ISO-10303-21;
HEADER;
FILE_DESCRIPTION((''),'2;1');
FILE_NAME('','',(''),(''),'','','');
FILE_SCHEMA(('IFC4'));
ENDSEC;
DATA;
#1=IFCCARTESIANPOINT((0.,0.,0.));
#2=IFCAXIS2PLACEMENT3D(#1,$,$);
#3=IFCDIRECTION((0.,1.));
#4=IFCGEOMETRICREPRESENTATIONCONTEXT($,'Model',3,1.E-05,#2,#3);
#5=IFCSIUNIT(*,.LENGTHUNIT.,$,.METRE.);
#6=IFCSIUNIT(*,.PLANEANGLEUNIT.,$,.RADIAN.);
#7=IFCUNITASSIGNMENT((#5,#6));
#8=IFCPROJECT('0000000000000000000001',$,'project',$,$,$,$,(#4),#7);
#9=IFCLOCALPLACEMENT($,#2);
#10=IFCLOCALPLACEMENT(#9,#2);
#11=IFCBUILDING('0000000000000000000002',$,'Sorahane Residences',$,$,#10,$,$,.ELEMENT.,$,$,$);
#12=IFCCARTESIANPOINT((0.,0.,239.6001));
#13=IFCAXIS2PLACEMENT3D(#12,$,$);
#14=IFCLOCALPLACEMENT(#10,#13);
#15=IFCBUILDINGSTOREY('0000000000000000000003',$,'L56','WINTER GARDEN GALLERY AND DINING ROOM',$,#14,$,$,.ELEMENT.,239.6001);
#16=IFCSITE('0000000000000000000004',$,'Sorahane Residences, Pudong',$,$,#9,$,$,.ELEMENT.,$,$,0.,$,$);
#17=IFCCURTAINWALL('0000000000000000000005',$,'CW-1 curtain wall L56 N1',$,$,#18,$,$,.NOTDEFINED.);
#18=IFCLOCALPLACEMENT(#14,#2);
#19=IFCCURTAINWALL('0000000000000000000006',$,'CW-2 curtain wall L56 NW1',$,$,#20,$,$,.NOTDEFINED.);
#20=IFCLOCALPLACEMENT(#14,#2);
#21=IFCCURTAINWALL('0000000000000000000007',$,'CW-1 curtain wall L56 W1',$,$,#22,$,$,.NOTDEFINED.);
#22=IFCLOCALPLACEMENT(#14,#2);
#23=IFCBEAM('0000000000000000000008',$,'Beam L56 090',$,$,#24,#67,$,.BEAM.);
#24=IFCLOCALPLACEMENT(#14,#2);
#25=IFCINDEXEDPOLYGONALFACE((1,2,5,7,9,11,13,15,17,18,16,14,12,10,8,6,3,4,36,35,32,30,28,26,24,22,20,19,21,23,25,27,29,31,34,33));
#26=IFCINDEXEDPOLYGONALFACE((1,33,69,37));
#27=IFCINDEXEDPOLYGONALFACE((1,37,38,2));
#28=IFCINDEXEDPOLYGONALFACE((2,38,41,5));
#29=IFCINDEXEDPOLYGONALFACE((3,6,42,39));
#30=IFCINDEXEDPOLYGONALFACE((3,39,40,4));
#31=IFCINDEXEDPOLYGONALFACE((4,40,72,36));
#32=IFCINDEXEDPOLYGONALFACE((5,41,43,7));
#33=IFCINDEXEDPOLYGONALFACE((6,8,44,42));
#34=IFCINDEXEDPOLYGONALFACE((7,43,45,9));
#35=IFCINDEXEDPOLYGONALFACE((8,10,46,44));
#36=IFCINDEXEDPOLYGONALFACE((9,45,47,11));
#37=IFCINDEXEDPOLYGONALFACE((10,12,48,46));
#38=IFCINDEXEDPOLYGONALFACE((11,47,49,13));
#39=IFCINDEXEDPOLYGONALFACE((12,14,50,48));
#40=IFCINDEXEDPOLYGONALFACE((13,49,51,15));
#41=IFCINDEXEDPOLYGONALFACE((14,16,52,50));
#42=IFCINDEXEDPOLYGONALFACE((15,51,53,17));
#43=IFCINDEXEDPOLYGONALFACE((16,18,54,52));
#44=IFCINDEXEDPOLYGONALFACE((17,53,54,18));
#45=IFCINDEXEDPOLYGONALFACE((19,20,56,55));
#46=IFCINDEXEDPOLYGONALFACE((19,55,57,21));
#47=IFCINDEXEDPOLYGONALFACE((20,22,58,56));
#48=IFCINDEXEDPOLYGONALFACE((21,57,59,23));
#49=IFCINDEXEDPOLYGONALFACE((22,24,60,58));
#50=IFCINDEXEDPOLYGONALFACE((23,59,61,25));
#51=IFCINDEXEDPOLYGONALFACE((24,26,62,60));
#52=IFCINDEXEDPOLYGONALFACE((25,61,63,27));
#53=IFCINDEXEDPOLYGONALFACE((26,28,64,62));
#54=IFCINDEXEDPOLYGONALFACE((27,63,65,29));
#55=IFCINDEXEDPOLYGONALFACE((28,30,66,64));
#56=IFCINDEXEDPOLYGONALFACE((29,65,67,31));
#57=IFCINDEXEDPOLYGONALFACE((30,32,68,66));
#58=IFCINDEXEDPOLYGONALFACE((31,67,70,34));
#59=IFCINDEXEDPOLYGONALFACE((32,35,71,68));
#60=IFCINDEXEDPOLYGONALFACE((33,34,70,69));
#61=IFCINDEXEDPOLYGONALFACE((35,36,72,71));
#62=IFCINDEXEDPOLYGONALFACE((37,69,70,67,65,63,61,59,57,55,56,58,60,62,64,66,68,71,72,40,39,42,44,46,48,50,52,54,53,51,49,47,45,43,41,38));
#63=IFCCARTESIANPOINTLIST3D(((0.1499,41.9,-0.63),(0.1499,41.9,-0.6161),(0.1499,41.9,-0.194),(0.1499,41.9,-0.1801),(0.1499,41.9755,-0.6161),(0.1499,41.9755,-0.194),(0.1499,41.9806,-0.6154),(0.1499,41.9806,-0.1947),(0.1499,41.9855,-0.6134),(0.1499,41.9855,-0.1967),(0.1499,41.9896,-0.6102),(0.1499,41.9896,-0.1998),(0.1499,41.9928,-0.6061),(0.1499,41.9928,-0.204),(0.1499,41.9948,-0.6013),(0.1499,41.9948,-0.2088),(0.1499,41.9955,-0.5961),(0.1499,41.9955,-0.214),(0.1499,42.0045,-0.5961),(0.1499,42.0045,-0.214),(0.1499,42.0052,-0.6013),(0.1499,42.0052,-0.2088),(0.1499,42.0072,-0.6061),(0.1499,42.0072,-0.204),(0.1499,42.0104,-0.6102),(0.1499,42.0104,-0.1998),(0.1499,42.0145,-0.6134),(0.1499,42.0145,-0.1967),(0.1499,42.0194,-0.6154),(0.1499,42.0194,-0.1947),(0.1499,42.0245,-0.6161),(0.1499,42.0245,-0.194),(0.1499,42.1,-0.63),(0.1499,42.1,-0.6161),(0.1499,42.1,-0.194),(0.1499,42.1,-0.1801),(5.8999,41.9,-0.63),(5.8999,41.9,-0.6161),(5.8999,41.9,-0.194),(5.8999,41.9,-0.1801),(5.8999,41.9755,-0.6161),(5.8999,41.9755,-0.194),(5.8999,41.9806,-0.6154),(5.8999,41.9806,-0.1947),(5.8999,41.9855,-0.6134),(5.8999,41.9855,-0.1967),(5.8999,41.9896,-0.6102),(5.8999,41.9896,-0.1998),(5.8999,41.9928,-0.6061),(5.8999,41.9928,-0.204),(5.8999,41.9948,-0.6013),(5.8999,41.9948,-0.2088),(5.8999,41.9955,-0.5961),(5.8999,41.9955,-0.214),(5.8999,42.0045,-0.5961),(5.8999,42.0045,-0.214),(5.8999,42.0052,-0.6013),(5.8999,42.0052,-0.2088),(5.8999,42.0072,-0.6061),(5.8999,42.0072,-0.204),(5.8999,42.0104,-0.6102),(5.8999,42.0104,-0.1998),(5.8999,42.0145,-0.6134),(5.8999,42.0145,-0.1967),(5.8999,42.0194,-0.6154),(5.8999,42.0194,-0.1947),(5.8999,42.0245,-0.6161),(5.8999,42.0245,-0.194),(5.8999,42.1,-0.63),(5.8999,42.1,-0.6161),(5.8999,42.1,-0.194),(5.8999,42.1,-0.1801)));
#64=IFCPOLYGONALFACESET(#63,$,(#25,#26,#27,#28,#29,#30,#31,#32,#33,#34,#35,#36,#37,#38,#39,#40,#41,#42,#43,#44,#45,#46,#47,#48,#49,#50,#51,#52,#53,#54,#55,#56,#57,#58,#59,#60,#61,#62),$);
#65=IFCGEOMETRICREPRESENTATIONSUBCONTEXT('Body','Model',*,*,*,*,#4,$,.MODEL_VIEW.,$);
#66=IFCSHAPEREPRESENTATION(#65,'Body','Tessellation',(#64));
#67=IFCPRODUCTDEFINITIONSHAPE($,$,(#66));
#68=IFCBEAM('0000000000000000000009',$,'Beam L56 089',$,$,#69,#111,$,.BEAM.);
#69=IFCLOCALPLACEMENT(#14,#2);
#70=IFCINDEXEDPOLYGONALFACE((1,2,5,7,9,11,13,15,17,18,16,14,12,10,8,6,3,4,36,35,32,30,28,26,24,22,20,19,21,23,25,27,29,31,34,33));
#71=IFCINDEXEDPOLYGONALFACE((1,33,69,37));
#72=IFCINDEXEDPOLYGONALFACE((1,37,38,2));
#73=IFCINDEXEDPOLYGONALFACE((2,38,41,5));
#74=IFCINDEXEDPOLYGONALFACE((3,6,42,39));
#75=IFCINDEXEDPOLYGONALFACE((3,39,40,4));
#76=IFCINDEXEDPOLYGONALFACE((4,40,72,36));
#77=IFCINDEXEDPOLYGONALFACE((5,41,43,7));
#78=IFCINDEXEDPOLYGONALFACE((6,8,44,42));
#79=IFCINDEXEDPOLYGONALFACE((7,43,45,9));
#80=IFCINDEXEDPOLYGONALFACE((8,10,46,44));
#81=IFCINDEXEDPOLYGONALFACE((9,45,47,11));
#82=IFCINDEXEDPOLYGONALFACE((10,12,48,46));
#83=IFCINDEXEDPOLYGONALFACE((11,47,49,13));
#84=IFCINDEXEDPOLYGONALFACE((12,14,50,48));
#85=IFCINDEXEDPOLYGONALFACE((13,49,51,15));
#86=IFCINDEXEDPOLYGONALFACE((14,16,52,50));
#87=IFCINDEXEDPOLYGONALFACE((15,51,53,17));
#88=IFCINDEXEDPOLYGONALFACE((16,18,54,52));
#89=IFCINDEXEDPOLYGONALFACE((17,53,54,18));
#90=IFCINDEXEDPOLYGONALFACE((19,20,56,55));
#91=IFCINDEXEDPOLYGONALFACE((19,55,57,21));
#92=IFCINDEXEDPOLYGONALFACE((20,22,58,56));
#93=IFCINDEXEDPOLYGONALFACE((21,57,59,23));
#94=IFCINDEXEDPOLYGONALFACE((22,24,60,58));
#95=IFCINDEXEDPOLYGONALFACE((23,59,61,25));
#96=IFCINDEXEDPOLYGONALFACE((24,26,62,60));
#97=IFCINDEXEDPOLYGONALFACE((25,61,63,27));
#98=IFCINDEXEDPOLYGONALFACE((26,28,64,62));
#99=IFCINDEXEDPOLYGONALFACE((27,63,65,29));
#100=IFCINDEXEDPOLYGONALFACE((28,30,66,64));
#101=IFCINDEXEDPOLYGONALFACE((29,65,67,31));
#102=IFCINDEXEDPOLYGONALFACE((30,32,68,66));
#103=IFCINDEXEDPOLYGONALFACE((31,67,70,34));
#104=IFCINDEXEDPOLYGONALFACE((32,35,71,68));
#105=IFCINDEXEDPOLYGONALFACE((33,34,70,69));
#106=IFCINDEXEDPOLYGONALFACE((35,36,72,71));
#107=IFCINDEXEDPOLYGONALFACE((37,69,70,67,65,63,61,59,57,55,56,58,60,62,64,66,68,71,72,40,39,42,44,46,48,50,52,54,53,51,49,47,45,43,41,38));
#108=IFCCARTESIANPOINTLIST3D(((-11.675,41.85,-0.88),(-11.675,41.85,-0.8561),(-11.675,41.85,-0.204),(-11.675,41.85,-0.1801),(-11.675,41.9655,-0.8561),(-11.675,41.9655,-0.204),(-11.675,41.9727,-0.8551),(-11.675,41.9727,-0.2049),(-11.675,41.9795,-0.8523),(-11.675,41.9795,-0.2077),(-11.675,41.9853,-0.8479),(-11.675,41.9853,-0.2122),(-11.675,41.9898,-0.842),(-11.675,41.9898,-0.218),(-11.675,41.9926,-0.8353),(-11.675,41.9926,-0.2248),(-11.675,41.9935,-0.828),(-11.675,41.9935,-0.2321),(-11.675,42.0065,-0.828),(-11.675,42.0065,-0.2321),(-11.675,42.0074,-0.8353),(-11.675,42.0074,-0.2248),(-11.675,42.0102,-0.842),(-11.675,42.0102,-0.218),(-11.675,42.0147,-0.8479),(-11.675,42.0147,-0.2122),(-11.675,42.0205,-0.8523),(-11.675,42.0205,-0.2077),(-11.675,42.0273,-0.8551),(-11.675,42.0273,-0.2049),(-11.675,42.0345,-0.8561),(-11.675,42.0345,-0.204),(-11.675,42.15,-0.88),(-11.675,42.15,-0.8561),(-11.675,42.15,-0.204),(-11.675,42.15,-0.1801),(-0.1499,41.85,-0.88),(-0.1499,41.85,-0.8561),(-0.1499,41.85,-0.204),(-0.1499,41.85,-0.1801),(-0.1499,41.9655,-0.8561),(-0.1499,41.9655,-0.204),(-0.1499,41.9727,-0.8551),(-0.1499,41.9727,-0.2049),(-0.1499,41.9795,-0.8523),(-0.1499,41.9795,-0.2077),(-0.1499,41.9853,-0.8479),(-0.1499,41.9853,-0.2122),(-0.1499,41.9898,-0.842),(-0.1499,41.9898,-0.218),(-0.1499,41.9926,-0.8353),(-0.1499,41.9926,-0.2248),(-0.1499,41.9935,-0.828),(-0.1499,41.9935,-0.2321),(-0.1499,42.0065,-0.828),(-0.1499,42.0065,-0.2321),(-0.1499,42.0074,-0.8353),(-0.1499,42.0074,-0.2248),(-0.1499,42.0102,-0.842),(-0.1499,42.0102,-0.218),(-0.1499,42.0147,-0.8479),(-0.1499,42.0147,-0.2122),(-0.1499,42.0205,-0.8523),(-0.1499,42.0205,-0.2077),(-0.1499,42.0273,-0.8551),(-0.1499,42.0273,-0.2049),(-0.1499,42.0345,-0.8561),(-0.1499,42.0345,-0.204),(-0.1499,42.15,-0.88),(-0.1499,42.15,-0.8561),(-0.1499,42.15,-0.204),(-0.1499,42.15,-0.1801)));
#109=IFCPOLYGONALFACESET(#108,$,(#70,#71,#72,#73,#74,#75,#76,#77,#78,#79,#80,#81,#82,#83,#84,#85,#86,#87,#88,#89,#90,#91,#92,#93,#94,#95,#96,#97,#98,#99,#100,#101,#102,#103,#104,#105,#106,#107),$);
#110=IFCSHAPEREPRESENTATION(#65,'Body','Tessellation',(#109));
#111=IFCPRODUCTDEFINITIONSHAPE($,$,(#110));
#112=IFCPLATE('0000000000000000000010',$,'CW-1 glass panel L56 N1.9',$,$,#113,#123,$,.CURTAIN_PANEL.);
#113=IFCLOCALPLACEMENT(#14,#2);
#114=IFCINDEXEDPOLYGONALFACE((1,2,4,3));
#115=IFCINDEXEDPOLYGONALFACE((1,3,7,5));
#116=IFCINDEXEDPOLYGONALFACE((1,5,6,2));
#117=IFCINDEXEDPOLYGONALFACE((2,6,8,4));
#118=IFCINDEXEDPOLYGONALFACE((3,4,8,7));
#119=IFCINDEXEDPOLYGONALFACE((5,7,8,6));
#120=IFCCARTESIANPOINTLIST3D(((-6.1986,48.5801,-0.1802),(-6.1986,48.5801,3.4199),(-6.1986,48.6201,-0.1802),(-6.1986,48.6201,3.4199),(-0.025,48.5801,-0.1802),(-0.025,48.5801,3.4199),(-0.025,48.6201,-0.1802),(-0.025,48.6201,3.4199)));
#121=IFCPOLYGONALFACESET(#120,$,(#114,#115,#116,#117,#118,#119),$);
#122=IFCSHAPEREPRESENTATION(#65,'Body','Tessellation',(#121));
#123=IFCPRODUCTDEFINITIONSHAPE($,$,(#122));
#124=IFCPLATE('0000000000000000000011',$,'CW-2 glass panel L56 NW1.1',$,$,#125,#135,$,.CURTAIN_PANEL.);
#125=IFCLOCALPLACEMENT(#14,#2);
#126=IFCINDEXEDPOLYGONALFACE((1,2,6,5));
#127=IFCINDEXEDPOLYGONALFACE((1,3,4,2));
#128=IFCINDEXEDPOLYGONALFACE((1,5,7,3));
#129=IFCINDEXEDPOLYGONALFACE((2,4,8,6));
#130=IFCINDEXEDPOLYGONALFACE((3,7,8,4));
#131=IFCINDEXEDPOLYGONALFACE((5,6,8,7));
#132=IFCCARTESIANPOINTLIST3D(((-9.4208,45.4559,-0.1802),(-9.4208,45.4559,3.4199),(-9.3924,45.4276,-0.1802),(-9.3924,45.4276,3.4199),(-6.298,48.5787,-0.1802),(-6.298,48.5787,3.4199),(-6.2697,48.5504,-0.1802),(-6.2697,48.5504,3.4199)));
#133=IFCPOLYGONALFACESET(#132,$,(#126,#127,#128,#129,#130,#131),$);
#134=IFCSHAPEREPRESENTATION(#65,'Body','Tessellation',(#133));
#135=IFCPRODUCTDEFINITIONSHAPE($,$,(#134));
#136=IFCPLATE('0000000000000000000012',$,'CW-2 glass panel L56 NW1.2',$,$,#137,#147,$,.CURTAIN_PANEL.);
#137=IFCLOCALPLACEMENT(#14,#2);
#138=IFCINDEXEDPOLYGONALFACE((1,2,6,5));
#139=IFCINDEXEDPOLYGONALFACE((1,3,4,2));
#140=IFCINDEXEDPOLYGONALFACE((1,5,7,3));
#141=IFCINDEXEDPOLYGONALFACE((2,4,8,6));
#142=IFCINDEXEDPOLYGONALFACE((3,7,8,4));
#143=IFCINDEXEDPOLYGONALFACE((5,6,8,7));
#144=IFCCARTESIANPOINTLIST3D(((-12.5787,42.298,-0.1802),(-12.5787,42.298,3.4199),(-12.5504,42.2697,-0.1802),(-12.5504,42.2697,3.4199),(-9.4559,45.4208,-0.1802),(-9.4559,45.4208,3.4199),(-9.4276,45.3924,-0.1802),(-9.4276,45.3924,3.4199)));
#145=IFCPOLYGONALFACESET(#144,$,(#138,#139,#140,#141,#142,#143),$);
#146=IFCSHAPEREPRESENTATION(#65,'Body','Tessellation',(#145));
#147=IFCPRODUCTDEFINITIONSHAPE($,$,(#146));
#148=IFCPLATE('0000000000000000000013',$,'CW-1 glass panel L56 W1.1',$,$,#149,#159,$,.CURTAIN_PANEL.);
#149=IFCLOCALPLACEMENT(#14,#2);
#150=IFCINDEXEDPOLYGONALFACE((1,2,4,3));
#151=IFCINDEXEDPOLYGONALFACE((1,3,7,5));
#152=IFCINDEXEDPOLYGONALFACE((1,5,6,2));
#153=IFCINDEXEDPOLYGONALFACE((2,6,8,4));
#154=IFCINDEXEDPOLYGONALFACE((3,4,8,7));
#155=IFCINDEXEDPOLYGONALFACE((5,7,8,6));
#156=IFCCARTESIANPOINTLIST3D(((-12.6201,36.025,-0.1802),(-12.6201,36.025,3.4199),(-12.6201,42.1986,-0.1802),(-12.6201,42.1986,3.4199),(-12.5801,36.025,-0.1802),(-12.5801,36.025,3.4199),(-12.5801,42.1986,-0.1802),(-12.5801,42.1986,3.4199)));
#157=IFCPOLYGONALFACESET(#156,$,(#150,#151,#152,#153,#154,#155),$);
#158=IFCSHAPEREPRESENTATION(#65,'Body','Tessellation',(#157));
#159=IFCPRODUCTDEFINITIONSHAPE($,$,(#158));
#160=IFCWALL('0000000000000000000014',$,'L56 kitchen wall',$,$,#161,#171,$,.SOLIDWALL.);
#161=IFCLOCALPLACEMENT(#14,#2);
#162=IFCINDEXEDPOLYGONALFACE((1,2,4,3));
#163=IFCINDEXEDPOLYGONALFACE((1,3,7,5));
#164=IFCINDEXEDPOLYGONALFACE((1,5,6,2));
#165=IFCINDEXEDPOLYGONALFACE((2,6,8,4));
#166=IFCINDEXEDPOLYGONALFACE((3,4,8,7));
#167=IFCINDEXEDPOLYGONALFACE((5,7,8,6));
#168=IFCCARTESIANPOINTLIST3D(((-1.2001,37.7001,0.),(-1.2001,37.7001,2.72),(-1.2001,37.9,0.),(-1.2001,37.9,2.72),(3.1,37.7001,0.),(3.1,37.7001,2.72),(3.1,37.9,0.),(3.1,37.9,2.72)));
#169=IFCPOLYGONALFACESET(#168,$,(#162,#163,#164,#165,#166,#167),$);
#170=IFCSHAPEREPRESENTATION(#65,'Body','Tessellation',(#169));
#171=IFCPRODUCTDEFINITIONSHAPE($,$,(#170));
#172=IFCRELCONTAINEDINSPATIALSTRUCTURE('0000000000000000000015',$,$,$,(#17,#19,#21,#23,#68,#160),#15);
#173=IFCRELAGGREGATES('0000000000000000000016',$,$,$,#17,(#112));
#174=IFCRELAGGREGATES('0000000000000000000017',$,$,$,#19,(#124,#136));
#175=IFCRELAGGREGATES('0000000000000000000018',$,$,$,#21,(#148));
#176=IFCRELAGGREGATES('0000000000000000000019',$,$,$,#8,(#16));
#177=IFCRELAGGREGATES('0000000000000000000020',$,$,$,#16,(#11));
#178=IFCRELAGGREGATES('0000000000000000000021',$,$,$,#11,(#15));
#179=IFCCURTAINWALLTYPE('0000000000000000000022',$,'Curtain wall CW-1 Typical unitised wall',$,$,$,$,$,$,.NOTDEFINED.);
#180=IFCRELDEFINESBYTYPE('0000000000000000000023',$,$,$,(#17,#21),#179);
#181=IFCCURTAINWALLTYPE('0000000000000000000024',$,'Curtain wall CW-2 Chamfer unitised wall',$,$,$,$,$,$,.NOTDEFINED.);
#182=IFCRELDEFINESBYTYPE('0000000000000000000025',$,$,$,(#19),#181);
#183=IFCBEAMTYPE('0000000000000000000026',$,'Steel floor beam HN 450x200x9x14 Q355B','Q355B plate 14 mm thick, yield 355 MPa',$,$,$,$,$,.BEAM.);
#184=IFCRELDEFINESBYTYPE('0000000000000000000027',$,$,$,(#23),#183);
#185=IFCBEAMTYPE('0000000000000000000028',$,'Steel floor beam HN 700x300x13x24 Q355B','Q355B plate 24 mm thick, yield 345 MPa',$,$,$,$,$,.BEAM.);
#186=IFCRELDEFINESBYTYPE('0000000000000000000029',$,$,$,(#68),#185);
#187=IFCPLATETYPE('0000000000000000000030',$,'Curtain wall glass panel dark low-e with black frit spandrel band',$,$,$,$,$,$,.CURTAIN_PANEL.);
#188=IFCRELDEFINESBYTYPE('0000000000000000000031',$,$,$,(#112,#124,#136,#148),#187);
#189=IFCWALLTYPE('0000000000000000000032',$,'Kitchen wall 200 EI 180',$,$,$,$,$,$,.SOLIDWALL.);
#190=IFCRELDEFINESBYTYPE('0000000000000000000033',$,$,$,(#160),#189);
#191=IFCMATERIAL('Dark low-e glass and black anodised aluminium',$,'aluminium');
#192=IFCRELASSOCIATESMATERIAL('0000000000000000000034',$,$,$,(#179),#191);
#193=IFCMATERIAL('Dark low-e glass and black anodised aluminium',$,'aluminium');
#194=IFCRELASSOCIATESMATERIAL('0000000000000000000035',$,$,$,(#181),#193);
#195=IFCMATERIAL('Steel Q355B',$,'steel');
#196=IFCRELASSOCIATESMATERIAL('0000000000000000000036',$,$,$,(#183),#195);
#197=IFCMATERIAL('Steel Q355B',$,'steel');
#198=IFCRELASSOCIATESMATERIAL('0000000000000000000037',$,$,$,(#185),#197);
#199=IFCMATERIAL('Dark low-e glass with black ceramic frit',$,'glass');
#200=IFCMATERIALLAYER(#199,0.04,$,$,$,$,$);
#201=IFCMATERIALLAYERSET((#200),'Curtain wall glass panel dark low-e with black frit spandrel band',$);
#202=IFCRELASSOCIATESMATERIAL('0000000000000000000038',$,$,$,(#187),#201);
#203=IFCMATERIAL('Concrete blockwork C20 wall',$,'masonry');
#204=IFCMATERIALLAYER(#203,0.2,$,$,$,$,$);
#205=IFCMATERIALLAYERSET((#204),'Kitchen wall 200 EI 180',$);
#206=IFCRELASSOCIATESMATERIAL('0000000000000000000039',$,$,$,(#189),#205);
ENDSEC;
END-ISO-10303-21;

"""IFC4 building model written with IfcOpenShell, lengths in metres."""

from ifc_helpers import new_model, si_unit, direction, frame, frame_2d, origin, origin_2d, place, context, subcontext, project, spatial, rectangle, i_section, extrude, material, layer, layer_set, material_profile, profile_set, type_object, element, aggregate, save


model = new_model("IFC4")

# Units and contexts
model_context = context("Model", 3, precision=1e-05, world=origin(), true_north=direction((0.0, 1.0)))
body_context = subcontext(model_context, "Body", "Model", "MODEL_VIEW")
ifc_project = project(units=[si_unit("LENGTHUNIT", "METRE"), si_unit("PLANEANGLEUNIT", "RADIAN")], contexts=[model_context])

# Site, building, storey
site_placement = place(None, origin())
site = spatial("IfcSite", under=ifc_project, at=site_placement, Name="Sorahane Residences, Pudong", CompositionType="ELEMENT", RefElevation=0.0)
building_placement = place(site_placement, origin())
building = spatial("IfcBuilding", under=site, at=building_placement, Name="Sorahane Residences", CompositionType="ELEMENT")
storey_placement = place(building_placement, frame((0.0, 0.0, 239.6001)))
storey = spatial("IfcBuildingStorey", under=building, at=storey_placement, Name="L56", Description="WINTER GARDEN GALLERY AND DINING ROOM", CompositionType="ELEMENT", Elevation=239.6001)

# Curtain walls
ifc_material_1 = material(Name="Dark low-e glass and black anodised aluminium", Category="aluminium")
curtain_wall_type_1 = type_object("IfcCurtainWallType", Name="Curtain wall CW-1 Typical unitised wall", PredefinedType="NOTDEFINED", material=ifc_material_1)
curtain_wall_1_placement = place(storey_placement, origin())
curtain_wall_1 = element("IfcCurtainWall", 1, at=curtain_wall_1_placement, inside=storey, type_object=curtain_wall_type_1, Name="CW-1 curtain wall L56 N1", PredefinedType="NOTDEFINED")
ifc_material_2 = material(Name="Dark low-e glass and black anodised aluminium", Category="aluminium")
curtain_wall_type_2 = type_object("IfcCurtainWallType", Name="Curtain wall CW-2 Chamfer unitised wall", PredefinedType="NOTDEFINED", material=ifc_material_2)
curtain_wall_2_placement = place(storey_placement, origin())
curtain_wall_2 = element("IfcCurtainWall", 2, at=curtain_wall_2_placement, inside=storey, type_object=curtain_wall_type_2, Name="CW-2 curtain wall L56 NW1", PredefinedType="NOTDEFINED")

# Curtain wall
curtain_wall_3_placement = place(storey_placement, origin())
curtain_wall_3 = element("IfcCurtainWall", 3, at=curtain_wall_3_placement, inside=storey, type_object=curtain_wall_type_1, Name="CW-1 curtain wall L56 W1", PredefinedType="NOTDEFINED")

# Beams
ifc_material_3 = material(Name="Steel Q355B", Category="steel")
ifc_material_profile_1 = material_profile(ifc_material_3, i_section(OverallWidth=0.2, OverallDepth=0.45, WebThickness=0.009, FlangeThickness=0.0139, FilletRadius=0.02, at=origin_2d()), Name="HN 450x200x9x14")
ifc_profile_set_1 = profile_set([ifc_material_profile_1], Name="Steel Q355B")
beam_type_1 = type_object("IfcBeamType", Name="Steel floor beam HN 450x200x9x14 Q355B", Description="Q355B plate 14 mm thick, yield 355 MPa", PredefinedType="BEAM", material=ifc_profile_set_1)
beam_1_placement = place(storey_placement, frame((0.1499, 42.0, -0.405), z_axis=(1.0, 0.0, 0.0), x_axis=(0.0, 1.0, 0.0)))
element("IfcBeam", 4, at=beam_1_placement, inside=storey, type_object=beam_type_1, Name="Beam L56 090", PredefinedType="BEAM", context=body_context, shape_type="SweptSolid", body=[
    extrude(i_section(OverallWidth=0.2, OverallDepth=0.45, WebThickness=0.009, FlangeThickness=0.0139, FilletRadius=0.02, at=origin_2d()), origin(), (0.0, 0.0, 1.0), 5.75),
])
ifc_material_4 = material(Name="Steel Q355B", Category="steel")
ifc_material_profile_2 = material_profile(ifc_material_4, i_section(OverallWidth=0.3, OverallDepth=0.7, WebThickness=0.0129, FlangeThickness=0.0239, FilletRadius=0.0281, at=origin_2d()), Name="HN 700x300x13x24")
ifc_profile_set_2 = profile_set([ifc_material_profile_2], Name="Steel Q355B")
beam_type_2 = type_object("IfcBeamType", Name="Steel floor beam HN 700x300x13x24 Q355B", Description="Q355B plate 24 mm thick, yield 345 MPa", PredefinedType="BEAM", material=ifc_profile_set_2)
beam_2_placement = place(storey_placement, frame((-11.675, 42.0, -0.53), z_axis=(1.0, 0.0, 0.0), x_axis=(0.0, 1.0, 0.0)))
element("IfcBeam", 5, at=beam_2_placement, inside=storey, type_object=beam_type_2, Name="Beam L56 089", PredefinedType="BEAM", context=body_context, shape_type="SweptSolid", body=[
    extrude(i_section(OverallWidth=0.3, OverallDepth=0.7, WebThickness=0.0129, FlangeThickness=0.0239, FilletRadius=0.0281, at=origin_2d()), origin(), (0.0, 0.0, 1.0), 11.5251),
])

# Plates
ifc_material_5 = material(Name="Dark low-e glass with black ceramic frit", Category="glass")
ifc_layer_1 = layer(ifc_material_5, 0.04)
ifc_layer_set_1 = layer_set([ifc_layer_1], Name="Curtain wall glass panel dark low-e with black frit spandrel band")
plate_type = type_object("IfcPlateType", Name="Curtain wall glass panel dark low-e with black frit spandrel band", PredefinedType="CURTAIN_PANEL", material=ifc_layer_set_1)
plate_1_placement = place(storey_placement, frame((-3.1118, 48.6001, -0.1802), z_axis=(0.0, 0.0, 1.0), x_axis=(-1.0, 0.0, 0.0)))
plate_1 = element("IfcPlate", 6, at=plate_1_placement, type_object=plate_type, Name="CW-1 glass panel L56 N1.9", PredefinedType="CURTAIN_PANEL", context=body_context, shape_type="SweptSolid", body=[
    extrude(rectangle(XDim=6.1736, YDim=0.04, at=origin_2d()), origin(), (0.0, 0.0, 1.0), 3.6001),
])
aggregate(curtain_wall_1, [plate_1])
plate_2_placement = place(storey_placement, frame((-7.8452, 47.0032, -0.1802), z_axis=(0.0, 0.0, 1.0), x_axis=(-0.707107, -0.707107, 0.0)))
plate_2 = element("IfcPlate", 7, at=plate_2_placement, type_object=plate_type, Name="CW-2 glass panel L56 NW1.1", PredefinedType="CURTAIN_PANEL", context=body_context, shape_type="SweptSolid", body=[
    extrude(rectangle(XDim=4.4163, YDim=0.04, at=origin_2d()), origin(), (0.0, 0.0, 1.0), 3.6001),
])
plate_3_placement = place(storey_placement, frame((-11.0032, 43.8452, -0.1802), z_axis=(0.0, 0.0, 1.0), x_axis=(-0.707107, -0.707107, 0.0)))
plate_3 = element("IfcPlate", 8, at=plate_3_placement, type_object=plate_type, Name="CW-2 glass panel L56 NW1.2", PredefinedType="CURTAIN_PANEL", context=body_context, shape_type="SweptSolid", body=[
    extrude(rectangle(XDim=4.4163, YDim=0.04, at=origin_2d()), origin(), (0.0, 0.0, 1.0), 3.6001),
])
aggregate(curtain_wall_2, [plate_2, plate_3])
plate_4_placement = place(storey_placement, frame((-12.6001, 39.1118, -0.1802), z_axis=(0.0, 0.0, 1.0), x_axis=(0.0, -1.0, 0.0)))
plate_4 = element("IfcPlate", 9, at=plate_4_placement, type_object=plate_type, Name="CW-1 glass panel L56 W1.1", PredefinedType="CURTAIN_PANEL", context=body_context, shape_type="SweptSolid", body=[
    extrude(rectangle(XDim=6.1736, YDim=0.04, at=origin_2d()), origin(), (0.0, 0.0, 1.0), 3.6001),
])
aggregate(curtain_wall_3, [plate_4])

# Wall
ifc_material_6 = material(Name="Concrete blockwork C20 wall", Category="masonry")
ifc_layer_2 = layer(ifc_material_6, 0.2)
ifc_layer_set_2 = layer_set([ifc_layer_2], Name="Kitchen wall 200 EI 180")
wall_type_1 = type_object("IfcWallType", Name="Kitchen wall 200 EI 180", PredefinedType="SOLIDWALL", material=ifc_layer_set_2)
wall_1_placement = place(storey_placement, frame((-1.2, 37.8, 0.0), z_axis=(0.0, 0.0, 1.0), x_axis=(1.0, 0.0, 0.0)))
element("IfcWall", 10, at=wall_1_placement, inside=storey, type_object=wall_type_1, Name="L56 kitchen wall", PredefinedType="SOLIDWALL", context=body_context, shape_type="SweptSolid", body=[
    extrude(rectangle(XDim=4.3, YDim=0.2, at=frame_2d((2.1499, 0.0))), origin(), (0.0, 0.0, 1.0), 2.72),
])

save(model, "model.ifc")
